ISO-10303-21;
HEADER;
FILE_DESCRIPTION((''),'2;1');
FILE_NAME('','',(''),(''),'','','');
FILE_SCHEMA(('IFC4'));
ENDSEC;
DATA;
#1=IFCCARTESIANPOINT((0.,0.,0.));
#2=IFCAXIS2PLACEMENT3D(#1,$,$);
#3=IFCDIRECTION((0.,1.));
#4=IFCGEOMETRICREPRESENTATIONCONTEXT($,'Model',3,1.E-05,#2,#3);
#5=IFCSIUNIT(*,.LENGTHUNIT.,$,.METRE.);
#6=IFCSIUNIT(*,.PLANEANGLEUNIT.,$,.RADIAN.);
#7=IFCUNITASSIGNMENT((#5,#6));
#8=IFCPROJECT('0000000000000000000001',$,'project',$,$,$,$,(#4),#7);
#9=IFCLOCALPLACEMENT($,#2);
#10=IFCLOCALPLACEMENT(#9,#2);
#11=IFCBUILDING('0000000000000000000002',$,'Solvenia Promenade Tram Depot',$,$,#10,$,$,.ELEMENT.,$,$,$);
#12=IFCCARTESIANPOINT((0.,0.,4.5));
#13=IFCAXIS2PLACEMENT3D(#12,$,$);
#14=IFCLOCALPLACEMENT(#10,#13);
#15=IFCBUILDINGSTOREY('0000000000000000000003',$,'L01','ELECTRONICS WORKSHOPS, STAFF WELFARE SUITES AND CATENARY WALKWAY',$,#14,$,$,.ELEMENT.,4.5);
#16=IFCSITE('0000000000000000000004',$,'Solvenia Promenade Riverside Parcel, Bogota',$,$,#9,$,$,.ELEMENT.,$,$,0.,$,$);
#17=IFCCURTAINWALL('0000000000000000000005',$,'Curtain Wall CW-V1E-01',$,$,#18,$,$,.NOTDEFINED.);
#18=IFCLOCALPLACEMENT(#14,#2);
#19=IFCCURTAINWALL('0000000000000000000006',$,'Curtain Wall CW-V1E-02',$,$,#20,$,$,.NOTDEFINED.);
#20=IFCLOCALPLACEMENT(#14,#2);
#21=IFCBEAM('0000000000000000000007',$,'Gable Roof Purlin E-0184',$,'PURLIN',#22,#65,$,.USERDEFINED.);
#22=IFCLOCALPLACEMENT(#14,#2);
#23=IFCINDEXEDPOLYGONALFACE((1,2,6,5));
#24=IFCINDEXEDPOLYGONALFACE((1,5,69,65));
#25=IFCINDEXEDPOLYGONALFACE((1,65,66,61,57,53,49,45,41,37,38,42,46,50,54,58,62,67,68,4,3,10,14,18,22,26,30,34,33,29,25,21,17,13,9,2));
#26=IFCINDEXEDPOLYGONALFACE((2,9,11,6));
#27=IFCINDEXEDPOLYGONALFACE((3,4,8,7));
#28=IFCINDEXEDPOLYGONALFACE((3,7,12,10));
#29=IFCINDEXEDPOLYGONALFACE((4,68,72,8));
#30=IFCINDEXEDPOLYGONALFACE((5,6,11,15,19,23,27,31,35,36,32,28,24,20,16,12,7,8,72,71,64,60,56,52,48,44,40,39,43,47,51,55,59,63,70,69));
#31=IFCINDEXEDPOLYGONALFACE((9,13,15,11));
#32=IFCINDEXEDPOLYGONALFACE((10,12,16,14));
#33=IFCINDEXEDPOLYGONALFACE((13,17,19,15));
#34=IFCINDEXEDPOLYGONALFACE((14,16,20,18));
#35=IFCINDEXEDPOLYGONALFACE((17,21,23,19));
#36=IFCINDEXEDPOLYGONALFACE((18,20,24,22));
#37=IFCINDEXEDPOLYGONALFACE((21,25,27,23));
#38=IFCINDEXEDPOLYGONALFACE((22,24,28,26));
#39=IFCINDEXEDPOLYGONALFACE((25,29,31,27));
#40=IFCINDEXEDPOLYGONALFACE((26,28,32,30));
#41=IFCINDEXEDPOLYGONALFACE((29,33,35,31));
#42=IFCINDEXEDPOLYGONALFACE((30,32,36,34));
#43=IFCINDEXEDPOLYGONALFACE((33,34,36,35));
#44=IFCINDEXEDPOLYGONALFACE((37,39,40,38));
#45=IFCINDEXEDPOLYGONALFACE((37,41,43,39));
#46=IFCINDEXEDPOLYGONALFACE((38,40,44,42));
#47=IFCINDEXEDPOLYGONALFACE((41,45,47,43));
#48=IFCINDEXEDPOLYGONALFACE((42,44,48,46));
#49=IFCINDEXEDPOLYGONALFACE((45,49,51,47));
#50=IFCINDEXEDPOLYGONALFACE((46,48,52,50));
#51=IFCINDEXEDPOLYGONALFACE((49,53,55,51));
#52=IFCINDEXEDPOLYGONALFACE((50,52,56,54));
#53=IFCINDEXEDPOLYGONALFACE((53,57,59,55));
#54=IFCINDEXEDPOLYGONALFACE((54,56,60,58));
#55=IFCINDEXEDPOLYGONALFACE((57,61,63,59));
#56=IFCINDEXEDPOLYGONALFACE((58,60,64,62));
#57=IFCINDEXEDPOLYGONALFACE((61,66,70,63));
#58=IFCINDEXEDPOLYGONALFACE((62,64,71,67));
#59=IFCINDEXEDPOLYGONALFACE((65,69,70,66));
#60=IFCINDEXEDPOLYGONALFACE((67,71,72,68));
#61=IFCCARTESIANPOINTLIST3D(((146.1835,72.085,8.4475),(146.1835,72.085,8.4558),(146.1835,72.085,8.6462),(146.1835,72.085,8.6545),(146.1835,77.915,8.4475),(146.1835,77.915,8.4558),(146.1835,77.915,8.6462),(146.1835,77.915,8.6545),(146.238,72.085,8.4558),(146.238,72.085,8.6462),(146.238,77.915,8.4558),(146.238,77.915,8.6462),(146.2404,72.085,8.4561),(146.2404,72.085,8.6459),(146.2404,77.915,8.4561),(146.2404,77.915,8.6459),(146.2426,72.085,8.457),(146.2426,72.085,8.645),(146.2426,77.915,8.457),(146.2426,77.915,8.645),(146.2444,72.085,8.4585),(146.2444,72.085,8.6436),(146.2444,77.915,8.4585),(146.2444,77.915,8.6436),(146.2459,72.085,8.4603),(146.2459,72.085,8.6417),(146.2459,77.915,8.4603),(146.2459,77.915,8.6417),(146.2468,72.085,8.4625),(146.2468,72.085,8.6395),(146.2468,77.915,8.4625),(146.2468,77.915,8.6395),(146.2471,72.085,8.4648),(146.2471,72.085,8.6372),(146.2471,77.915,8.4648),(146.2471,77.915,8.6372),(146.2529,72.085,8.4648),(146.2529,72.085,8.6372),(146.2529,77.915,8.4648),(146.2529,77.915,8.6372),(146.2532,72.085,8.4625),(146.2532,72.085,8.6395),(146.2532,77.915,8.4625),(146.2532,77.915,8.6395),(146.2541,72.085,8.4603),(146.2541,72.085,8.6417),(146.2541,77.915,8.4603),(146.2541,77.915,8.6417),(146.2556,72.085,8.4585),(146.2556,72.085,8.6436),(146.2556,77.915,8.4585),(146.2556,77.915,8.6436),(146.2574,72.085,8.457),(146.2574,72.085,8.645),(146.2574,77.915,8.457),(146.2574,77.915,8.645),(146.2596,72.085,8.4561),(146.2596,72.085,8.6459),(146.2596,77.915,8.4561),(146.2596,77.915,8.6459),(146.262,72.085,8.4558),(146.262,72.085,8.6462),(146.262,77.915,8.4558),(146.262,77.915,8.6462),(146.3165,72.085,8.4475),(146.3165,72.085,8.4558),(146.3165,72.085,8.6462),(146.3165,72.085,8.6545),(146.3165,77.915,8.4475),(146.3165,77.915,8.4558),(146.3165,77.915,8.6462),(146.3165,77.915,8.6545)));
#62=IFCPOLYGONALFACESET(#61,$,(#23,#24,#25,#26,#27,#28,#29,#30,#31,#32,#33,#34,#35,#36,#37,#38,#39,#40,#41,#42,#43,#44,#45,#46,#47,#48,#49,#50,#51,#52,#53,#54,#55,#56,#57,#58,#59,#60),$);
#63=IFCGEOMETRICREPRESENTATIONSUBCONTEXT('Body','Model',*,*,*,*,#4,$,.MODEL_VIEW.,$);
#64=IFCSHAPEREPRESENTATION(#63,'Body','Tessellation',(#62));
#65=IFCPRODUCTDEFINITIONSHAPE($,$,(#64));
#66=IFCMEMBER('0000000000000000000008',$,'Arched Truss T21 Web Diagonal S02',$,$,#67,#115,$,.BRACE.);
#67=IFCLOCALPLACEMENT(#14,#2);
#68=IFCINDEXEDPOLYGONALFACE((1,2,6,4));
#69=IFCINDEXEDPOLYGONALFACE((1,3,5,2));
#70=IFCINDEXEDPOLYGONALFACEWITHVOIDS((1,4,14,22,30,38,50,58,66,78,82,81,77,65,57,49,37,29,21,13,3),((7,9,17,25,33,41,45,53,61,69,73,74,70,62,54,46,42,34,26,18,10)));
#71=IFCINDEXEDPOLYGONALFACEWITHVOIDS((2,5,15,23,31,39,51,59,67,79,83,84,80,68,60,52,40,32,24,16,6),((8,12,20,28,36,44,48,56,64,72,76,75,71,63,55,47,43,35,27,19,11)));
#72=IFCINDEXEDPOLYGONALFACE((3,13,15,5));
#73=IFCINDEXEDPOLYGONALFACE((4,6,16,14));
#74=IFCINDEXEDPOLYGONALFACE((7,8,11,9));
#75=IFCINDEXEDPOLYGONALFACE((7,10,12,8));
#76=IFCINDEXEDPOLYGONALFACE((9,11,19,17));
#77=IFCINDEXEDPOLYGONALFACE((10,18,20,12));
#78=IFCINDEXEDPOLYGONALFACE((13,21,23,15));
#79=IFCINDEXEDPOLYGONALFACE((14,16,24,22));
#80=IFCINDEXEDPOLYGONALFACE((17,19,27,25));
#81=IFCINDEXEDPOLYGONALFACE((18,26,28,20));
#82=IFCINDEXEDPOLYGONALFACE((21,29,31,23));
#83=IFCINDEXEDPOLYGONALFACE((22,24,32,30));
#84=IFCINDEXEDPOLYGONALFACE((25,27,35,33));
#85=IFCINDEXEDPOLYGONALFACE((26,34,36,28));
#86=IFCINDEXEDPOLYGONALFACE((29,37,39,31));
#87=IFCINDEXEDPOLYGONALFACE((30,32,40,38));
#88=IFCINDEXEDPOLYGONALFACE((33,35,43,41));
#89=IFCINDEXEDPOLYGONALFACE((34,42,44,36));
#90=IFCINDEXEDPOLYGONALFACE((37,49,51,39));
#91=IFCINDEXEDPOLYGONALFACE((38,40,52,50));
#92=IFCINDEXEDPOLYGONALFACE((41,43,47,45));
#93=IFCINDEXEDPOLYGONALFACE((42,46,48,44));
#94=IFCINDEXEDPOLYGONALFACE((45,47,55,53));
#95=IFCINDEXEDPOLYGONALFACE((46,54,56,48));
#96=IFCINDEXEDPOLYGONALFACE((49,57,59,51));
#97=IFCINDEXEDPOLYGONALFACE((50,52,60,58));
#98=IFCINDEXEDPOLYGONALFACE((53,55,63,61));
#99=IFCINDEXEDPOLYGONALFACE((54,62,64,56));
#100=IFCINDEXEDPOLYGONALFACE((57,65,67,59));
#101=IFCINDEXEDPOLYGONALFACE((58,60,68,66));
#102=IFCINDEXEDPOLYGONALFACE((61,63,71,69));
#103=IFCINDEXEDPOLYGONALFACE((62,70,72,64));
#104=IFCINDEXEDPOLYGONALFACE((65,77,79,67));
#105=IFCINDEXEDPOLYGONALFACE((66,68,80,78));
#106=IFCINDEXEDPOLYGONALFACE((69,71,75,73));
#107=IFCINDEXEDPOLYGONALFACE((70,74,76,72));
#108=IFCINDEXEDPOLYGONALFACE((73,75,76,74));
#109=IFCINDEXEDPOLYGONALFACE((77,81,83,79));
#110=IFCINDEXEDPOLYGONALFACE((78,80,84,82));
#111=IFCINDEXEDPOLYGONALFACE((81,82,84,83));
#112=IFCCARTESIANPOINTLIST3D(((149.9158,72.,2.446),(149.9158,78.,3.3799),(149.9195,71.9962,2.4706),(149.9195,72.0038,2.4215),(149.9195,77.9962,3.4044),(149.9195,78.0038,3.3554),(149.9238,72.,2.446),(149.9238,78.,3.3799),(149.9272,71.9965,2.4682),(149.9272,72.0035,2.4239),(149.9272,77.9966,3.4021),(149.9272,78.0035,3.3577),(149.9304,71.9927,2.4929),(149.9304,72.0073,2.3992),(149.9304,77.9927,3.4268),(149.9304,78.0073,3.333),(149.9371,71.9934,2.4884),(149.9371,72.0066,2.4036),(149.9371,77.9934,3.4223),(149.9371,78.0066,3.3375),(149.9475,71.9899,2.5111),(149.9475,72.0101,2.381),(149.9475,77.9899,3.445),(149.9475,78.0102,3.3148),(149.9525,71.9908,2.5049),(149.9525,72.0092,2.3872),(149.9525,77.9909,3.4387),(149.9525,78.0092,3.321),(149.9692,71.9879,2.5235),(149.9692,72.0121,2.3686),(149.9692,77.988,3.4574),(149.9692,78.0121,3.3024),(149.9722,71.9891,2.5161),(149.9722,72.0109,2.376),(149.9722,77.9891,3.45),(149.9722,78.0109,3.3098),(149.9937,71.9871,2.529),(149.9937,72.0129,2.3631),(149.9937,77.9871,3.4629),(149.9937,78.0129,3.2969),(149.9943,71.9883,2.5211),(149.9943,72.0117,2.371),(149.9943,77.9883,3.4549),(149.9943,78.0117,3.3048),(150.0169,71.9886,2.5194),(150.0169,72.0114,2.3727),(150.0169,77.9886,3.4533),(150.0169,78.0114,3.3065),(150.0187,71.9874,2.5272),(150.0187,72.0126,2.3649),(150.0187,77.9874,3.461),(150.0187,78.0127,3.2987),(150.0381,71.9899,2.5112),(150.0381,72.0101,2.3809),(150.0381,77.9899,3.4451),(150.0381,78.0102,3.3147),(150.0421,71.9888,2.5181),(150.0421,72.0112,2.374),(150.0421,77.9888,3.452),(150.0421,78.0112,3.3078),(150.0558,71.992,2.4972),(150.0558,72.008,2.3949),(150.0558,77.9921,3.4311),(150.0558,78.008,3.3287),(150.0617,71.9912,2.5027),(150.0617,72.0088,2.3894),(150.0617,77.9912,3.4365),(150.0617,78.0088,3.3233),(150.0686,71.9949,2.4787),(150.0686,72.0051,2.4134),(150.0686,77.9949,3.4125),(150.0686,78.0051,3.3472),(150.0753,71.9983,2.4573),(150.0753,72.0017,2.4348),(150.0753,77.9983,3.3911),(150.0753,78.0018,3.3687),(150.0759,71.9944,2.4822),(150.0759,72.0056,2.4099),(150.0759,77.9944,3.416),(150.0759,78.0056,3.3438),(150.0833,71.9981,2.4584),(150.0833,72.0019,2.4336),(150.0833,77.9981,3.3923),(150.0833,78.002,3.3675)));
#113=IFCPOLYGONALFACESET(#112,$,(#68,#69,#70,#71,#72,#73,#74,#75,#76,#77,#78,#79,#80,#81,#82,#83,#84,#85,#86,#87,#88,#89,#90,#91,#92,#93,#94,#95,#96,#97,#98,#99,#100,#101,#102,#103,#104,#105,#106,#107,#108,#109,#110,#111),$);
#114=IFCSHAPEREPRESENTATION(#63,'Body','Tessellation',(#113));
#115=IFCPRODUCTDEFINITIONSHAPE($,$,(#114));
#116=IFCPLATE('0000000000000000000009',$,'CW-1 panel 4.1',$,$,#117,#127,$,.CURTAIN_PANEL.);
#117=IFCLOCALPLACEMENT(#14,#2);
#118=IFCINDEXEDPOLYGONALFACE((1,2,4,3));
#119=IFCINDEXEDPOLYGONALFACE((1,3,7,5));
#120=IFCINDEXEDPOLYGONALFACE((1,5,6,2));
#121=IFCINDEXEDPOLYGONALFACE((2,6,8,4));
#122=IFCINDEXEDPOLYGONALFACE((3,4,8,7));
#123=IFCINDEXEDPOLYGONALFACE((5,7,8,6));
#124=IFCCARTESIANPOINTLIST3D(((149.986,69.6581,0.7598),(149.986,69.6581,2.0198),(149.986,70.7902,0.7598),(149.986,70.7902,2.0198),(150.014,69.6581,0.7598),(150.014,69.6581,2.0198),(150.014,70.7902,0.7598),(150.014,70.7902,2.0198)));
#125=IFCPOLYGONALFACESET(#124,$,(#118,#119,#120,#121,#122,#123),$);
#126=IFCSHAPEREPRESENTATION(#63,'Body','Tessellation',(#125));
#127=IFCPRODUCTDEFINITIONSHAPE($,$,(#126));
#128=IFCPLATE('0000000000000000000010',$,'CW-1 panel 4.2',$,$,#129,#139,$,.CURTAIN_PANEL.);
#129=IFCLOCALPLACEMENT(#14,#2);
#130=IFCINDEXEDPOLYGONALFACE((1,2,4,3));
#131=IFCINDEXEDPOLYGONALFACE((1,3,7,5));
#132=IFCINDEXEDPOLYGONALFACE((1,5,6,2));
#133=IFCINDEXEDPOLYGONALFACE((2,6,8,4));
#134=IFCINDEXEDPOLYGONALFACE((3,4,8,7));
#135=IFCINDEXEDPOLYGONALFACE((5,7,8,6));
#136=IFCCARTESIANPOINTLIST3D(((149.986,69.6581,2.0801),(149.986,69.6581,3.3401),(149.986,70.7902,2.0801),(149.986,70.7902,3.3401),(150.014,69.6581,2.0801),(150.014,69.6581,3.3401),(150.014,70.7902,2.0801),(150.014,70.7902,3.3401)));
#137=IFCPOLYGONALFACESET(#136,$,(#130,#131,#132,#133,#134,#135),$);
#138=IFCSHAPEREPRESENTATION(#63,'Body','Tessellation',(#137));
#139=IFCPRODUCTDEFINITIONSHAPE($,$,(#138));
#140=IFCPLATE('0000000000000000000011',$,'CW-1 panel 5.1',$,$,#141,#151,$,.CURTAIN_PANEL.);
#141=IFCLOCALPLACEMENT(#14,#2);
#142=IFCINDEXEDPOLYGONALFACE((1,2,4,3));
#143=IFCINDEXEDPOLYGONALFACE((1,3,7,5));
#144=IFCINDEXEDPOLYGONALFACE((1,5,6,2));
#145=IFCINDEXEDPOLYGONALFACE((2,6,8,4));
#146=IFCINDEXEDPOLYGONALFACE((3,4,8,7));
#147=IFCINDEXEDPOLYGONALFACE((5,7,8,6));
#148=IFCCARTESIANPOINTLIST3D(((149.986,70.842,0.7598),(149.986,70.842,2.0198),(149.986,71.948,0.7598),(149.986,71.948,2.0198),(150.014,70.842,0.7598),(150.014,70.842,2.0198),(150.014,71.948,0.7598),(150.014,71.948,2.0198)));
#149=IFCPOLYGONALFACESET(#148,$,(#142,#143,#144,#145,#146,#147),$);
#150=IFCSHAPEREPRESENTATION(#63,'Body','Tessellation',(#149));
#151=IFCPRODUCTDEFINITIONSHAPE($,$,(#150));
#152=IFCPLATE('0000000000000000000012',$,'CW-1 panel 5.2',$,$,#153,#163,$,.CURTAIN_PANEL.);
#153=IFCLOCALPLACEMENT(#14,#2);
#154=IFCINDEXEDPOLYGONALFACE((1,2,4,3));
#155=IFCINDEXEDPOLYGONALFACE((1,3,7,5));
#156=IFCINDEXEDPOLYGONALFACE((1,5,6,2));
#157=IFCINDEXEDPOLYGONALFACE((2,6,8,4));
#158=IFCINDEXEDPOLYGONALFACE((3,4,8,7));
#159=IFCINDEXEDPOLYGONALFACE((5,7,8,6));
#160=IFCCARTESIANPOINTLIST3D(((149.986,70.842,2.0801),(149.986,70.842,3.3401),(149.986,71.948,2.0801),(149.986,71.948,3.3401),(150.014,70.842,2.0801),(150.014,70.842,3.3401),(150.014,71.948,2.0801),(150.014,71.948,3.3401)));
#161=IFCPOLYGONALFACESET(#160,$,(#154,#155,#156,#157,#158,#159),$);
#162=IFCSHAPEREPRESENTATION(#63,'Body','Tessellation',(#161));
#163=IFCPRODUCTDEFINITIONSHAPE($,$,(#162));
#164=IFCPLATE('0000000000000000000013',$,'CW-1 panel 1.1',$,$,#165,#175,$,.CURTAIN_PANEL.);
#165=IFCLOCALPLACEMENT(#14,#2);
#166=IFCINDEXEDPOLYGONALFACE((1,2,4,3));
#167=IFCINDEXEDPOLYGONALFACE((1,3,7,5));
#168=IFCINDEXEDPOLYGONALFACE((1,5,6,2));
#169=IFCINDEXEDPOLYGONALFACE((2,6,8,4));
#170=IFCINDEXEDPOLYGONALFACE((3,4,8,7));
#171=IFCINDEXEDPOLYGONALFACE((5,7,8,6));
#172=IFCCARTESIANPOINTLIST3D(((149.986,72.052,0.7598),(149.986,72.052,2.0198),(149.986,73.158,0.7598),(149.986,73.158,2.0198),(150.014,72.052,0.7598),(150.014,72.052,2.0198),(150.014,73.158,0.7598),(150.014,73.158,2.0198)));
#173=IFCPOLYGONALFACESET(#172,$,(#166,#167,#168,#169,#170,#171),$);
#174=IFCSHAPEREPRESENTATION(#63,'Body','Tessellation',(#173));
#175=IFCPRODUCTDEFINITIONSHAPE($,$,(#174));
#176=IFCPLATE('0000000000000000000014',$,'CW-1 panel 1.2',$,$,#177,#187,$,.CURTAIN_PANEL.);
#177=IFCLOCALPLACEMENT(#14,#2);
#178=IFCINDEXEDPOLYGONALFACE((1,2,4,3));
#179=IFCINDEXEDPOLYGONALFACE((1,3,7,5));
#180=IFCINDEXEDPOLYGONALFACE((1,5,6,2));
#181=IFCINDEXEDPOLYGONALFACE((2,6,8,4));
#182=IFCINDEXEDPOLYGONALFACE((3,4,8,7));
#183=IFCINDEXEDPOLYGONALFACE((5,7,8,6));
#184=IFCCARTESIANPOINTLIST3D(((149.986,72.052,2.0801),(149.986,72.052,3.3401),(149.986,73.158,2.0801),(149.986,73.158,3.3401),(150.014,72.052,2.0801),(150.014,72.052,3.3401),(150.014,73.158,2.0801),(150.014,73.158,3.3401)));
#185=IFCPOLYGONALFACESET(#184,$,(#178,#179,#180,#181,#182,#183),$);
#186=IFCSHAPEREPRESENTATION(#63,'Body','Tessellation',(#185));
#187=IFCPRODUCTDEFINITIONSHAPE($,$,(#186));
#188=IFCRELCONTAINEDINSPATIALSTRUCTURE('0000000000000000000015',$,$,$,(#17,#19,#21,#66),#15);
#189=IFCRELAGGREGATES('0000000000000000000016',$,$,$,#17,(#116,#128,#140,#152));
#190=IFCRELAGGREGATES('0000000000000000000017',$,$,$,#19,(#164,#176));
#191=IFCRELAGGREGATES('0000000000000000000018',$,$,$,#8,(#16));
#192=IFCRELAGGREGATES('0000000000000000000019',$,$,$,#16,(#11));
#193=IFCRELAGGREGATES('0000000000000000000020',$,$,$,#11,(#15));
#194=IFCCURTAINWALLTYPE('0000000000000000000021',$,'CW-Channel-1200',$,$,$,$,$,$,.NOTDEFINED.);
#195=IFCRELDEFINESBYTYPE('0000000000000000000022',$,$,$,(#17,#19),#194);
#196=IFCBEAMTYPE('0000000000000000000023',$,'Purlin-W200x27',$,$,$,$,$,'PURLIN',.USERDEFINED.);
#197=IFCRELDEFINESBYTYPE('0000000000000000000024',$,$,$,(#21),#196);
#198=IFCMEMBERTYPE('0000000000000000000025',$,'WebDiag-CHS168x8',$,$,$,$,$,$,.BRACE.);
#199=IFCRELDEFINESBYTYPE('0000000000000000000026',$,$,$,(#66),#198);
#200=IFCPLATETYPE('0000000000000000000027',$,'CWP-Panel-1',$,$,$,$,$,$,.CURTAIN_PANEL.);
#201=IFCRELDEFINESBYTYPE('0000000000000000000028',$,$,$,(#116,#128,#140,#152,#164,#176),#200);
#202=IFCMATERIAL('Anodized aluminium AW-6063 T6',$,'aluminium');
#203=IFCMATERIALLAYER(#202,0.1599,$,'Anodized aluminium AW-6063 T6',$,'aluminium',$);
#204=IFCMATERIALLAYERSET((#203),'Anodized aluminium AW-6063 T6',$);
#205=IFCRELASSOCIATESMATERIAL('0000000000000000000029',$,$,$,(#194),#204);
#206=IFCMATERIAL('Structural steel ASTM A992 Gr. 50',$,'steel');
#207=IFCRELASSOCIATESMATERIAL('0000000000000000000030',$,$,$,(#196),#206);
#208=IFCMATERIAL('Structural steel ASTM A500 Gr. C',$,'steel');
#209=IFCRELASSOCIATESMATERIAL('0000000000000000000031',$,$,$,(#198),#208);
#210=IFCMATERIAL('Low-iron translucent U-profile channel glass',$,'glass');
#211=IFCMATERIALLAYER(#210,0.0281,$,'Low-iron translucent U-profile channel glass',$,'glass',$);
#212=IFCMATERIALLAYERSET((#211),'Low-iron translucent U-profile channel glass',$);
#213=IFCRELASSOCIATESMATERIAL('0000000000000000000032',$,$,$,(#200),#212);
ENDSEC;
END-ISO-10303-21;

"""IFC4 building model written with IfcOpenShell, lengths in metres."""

from ifc_helpers import new_model, si_unit, direction, frame, origin, origin_2d, place, context, subcontext, project, spatial, rectangle, hollow_circle, i_section, extrude, material, layer, layer_set, material_profile, profile_set, type_object, element, aggregate, save


model = new_model("IFC4")

# Units and contexts
model_context = context("Model", 3, precision=1e-05, world=origin(), true_north=direction((0.0, 1.0)))
body_context = subcontext(model_context, "Body", "Model", "MODEL_VIEW")
ifc_project = project(units=[si_unit("LENGTHUNIT", "METRE"), si_unit("PLANEANGLEUNIT", "RADIAN")], contexts=[model_context])

# Site, building, storey
site_placement = place(None, origin())
site = spatial("IfcSite", under=ifc_project, at=site_placement, Name="Solvenia Promenade Riverside Parcel, Bogota", CompositionType="ELEMENT", RefElevation=0.0)
building_placement = place(site_placement, origin())
building = spatial("IfcBuilding", under=site, at=building_placement, Name="Solvenia Promenade Tram Depot", CompositionType="ELEMENT")
storey_placement = place(building_placement, frame((0.0, 0.0, 4.5)))
storey = spatial("IfcBuildingStorey", under=building, at=storey_placement, Name="L01", Description="ELECTRONICS WORKSHOPS, STAFF WELFARE SUITES AND CATENARY WALKWAY", CompositionType="ELEMENT", Elevation=4.5)

# Curtain wall
ifc_material_1 = material(Name="Anodized aluminium AW-6063 T6", Category="aluminium")
ifc_layer_1 = layer(ifc_material_1, 0.1599, Name="Anodized aluminium AW-6063 T6", Category="aluminium")
ifc_layer_set_1 = layer_set([ifc_layer_1], Name="Anodized aluminium AW-6063 T6")
curtain_wall_type = type_object("IfcCurtainWallType", Name="CW-Channel-1200", PredefinedType="NOTDEFINED", material=ifc_layer_set_1)
curtain_wall_1_placement = place(storey_placement, origin())
curtain_wall_1 = element("IfcCurtainWall", 1, at=curtain_wall_1_placement, inside=storey, type_object=curtain_wall_type, Name="Curtain Wall CW-V1E-01", PredefinedType="NOTDEFINED")

# Curtain wall
curtain_wall_2_placement = place(storey_placement, origin())
curtain_wall_2 = element("IfcCurtainWall", 2, at=curtain_wall_2_placement, inside=storey, type_object=curtain_wall_type, Name="Curtain Wall CW-V1E-02", PredefinedType="NOTDEFINED")

# Shared definitions
ifc_material_2 = material(Name="Structural steel ASTM A500 Gr. C", Category="steel")

# Shared definitions
ifc_material_3 = material(Name="Structural steel ASTM A992 Gr. 50", Category="steel")

# Beam
ifc_material_profile_1 = material_profile(ifc_material_3, i_section(OverallWidth=0.1331, OverallDepth=0.207, WebThickness=0.0059, FlangeThickness=0.0083, FilletRadius=0.009, at=origin_2d()), Name="W200x27", Category="steel")
ifc_profile_set_1 = profile_set([ifc_material_profile_1], Name="Structural steel ASTM A992 Gr. 50")
beam_type_1 = type_object("IfcBeamType", Name="Purlin-W200x27", ElementType="PURLIN", PredefinedType="USERDEFINED", material=ifc_profile_set_1)
beam_1_placement = place(storey_placement, frame((146.25, 72.085, 8.551), z_axis=(0.0, 1.0, 0.0), x_axis=(-1.0, 0.0, 0.0)))
element("IfcBeam", 3, at=beam_1_placement, inside=storey, type_object=beam_type_1, Name="Gable Roof Purlin E-0184", ObjectType="PURLIN", PredefinedType="USERDEFINED", context=body_context, shape_type="SweptSolid", body=[
    extrude(i_section(OverallWidth=0.1331, OverallDepth=0.207, WebThickness=0.0059, FlangeThickness=0.0083, FilletRadius=0.009, at=origin_2d()), origin(), (0.0, 0.0, 1.0), 5.8301),
])

# Member
ifc_material_profile_2 = material_profile(ifc_material_2, hollow_circle(Radius=0.0842, WallThickness=0.0081, at=origin_2d()), Name="CHS168.3x8", Category="steel")
ifc_profile_set_2 = profile_set([ifc_material_profile_2], Name="Structural steel ASTM A500 Gr. C")
member_type_1 = type_object("IfcMemberType", Name="WebDiag-CHS168x8", PredefinedType="BRACE", material=ifc_profile_set_2)
member_1_placement = place(storey_placement, frame((150.0, 72.0, 2.446), z_axis=(0.0, 0.988104, 0.153788), x_axis=(-1.0, 0.0, 0.0)))
element("IfcMember", 4, at=member_1_placement, inside=storey, type_object=member_type_1, Name="Arched Truss T21 Web Diagonal S02", PredefinedType="BRACE", context=body_context, shape_type="SweptSolid", body=[
    extrude(hollow_circle(Radius=0.0842, WallThickness=0.0081, at=origin_2d()), origin(), (0.0, 0.0, 1.0), 6.0723),
])

# Plates
ifc_material_4 = material(Name="Low-iron translucent U-profile channel glass", Category="glass")
ifc_layer_2 = layer(ifc_material_4, 0.0281, Name="Low-iron translucent U-profile channel glass", Category="glass")
ifc_layer_set_2 = layer_set([ifc_layer_2], Name="Low-iron translucent U-profile channel glass")
plate_type = type_object("IfcPlateType", Name="CWP-Panel-1", PredefinedType="CURTAIN_PANEL", material=ifc_layer_set_2)
plate_1_placement = place(storey_placement, frame((150.0, 70.2241, 0.7598), z_axis=(0.0, 0.0, 1.0), x_axis=(0.0, 1.0, 0.0)))
plate_1 = element("IfcPlate", 5, at=plate_1_placement, type_object=plate_type, Name="CW-1 panel 4.1", PredefinedType="CURTAIN_PANEL", context=body_context, shape_type="SweptSolid", body=[
    extrude(rectangle(XDim=1.1321, YDim=0.0281, at=origin_2d()), origin(), (0.0, 0.0, 1.0), 1.26),
])
plate_2_placement = place(storey_placement, frame((150.0, 70.2241, 2.0801), z_axis=(0.0, 0.0, 1.0), x_axis=(0.0, 1.0, 0.0)))
plate_2 = element("IfcPlate", 6, at=plate_2_placement, type_object=plate_type, Name="CW-1 panel 4.2", PredefinedType="CURTAIN_PANEL", context=body_context, shape_type="SweptSolid", body=[
    extrude(rectangle(XDim=1.1321, YDim=0.0281, at=origin_2d()), origin(), (0.0, 0.0, 1.0), 1.26),
])
plate_3_placement = place(storey_placement, frame((150.0, 71.395, 0.7598), z_axis=(0.0, 0.0, 1.0), x_axis=(0.0, 1.0, 0.0)))
plate_3 = element("IfcPlate", 7, at=plate_3_placement, type_object=plate_type, Name="CW-1 panel 5.1", PredefinedType="CURTAIN_PANEL", context=body_context, shape_type="SweptSolid", body=[
    extrude(rectangle(XDim=1.106, YDim=0.0281, at=origin_2d()), origin(), (0.0, 0.0, 1.0), 1.26),
])
plate_4_placement = place(storey_placement, frame((150.0, 71.395, 2.0801), z_axis=(0.0, 0.0, 1.0), x_axis=(0.0, 1.0, 0.0)))
plate_4 = element("IfcPlate", 8, at=plate_4_placement, type_object=plate_type, Name="CW-1 panel 5.2", PredefinedType="CURTAIN_PANEL", context=body_context, shape_type="SweptSolid", body=[
    extrude(rectangle(XDim=1.106, YDim=0.0281, at=origin_2d()), origin(), (0.0, 0.0, 1.0), 1.26),
])
aggregate(curtain_wall_1, [plate_1, plate_2, plate_3, plate_4])
plate_5_placement = place(storey_placement, frame((150.0, 72.605, 0.7598), z_axis=(0.0, 0.0, 1.0), x_axis=(0.0, 1.0, 0.0)))
plate_5 = element("IfcPlate", 9, at=plate_5_placement, type_object=plate_type, Name="CW-1 panel 1.1", PredefinedType="CURTAIN_PANEL", context=body_context, shape_type="SweptSolid", body=[
    extrude(rectangle(XDim=1.106, YDim=0.0281, at=origin_2d()), origin(), (0.0, 0.0, 1.0), 1.26),
])
plate_6_placement = place(storey_placement, frame((150.0, 72.605, 2.0801), z_axis=(0.0, 0.0, 1.0), x_axis=(0.0, 1.0, 0.0)))
plate_6 = element("IfcPlate", 10, at=plate_6_placement, type_object=plate_type, Name="CW-1 panel 1.2", PredefinedType="CURTAIN_PANEL", context=body_context, shape_type="SweptSolid", body=[
    extrude(rectangle(XDim=1.106, YDim=0.0281, at=origin_2d()), origin(), (0.0, 0.0, 1.0), 1.26),
])
aggregate(curtain_wall_2, [plate_5, plate_6])

save(model, "model.ifc")
